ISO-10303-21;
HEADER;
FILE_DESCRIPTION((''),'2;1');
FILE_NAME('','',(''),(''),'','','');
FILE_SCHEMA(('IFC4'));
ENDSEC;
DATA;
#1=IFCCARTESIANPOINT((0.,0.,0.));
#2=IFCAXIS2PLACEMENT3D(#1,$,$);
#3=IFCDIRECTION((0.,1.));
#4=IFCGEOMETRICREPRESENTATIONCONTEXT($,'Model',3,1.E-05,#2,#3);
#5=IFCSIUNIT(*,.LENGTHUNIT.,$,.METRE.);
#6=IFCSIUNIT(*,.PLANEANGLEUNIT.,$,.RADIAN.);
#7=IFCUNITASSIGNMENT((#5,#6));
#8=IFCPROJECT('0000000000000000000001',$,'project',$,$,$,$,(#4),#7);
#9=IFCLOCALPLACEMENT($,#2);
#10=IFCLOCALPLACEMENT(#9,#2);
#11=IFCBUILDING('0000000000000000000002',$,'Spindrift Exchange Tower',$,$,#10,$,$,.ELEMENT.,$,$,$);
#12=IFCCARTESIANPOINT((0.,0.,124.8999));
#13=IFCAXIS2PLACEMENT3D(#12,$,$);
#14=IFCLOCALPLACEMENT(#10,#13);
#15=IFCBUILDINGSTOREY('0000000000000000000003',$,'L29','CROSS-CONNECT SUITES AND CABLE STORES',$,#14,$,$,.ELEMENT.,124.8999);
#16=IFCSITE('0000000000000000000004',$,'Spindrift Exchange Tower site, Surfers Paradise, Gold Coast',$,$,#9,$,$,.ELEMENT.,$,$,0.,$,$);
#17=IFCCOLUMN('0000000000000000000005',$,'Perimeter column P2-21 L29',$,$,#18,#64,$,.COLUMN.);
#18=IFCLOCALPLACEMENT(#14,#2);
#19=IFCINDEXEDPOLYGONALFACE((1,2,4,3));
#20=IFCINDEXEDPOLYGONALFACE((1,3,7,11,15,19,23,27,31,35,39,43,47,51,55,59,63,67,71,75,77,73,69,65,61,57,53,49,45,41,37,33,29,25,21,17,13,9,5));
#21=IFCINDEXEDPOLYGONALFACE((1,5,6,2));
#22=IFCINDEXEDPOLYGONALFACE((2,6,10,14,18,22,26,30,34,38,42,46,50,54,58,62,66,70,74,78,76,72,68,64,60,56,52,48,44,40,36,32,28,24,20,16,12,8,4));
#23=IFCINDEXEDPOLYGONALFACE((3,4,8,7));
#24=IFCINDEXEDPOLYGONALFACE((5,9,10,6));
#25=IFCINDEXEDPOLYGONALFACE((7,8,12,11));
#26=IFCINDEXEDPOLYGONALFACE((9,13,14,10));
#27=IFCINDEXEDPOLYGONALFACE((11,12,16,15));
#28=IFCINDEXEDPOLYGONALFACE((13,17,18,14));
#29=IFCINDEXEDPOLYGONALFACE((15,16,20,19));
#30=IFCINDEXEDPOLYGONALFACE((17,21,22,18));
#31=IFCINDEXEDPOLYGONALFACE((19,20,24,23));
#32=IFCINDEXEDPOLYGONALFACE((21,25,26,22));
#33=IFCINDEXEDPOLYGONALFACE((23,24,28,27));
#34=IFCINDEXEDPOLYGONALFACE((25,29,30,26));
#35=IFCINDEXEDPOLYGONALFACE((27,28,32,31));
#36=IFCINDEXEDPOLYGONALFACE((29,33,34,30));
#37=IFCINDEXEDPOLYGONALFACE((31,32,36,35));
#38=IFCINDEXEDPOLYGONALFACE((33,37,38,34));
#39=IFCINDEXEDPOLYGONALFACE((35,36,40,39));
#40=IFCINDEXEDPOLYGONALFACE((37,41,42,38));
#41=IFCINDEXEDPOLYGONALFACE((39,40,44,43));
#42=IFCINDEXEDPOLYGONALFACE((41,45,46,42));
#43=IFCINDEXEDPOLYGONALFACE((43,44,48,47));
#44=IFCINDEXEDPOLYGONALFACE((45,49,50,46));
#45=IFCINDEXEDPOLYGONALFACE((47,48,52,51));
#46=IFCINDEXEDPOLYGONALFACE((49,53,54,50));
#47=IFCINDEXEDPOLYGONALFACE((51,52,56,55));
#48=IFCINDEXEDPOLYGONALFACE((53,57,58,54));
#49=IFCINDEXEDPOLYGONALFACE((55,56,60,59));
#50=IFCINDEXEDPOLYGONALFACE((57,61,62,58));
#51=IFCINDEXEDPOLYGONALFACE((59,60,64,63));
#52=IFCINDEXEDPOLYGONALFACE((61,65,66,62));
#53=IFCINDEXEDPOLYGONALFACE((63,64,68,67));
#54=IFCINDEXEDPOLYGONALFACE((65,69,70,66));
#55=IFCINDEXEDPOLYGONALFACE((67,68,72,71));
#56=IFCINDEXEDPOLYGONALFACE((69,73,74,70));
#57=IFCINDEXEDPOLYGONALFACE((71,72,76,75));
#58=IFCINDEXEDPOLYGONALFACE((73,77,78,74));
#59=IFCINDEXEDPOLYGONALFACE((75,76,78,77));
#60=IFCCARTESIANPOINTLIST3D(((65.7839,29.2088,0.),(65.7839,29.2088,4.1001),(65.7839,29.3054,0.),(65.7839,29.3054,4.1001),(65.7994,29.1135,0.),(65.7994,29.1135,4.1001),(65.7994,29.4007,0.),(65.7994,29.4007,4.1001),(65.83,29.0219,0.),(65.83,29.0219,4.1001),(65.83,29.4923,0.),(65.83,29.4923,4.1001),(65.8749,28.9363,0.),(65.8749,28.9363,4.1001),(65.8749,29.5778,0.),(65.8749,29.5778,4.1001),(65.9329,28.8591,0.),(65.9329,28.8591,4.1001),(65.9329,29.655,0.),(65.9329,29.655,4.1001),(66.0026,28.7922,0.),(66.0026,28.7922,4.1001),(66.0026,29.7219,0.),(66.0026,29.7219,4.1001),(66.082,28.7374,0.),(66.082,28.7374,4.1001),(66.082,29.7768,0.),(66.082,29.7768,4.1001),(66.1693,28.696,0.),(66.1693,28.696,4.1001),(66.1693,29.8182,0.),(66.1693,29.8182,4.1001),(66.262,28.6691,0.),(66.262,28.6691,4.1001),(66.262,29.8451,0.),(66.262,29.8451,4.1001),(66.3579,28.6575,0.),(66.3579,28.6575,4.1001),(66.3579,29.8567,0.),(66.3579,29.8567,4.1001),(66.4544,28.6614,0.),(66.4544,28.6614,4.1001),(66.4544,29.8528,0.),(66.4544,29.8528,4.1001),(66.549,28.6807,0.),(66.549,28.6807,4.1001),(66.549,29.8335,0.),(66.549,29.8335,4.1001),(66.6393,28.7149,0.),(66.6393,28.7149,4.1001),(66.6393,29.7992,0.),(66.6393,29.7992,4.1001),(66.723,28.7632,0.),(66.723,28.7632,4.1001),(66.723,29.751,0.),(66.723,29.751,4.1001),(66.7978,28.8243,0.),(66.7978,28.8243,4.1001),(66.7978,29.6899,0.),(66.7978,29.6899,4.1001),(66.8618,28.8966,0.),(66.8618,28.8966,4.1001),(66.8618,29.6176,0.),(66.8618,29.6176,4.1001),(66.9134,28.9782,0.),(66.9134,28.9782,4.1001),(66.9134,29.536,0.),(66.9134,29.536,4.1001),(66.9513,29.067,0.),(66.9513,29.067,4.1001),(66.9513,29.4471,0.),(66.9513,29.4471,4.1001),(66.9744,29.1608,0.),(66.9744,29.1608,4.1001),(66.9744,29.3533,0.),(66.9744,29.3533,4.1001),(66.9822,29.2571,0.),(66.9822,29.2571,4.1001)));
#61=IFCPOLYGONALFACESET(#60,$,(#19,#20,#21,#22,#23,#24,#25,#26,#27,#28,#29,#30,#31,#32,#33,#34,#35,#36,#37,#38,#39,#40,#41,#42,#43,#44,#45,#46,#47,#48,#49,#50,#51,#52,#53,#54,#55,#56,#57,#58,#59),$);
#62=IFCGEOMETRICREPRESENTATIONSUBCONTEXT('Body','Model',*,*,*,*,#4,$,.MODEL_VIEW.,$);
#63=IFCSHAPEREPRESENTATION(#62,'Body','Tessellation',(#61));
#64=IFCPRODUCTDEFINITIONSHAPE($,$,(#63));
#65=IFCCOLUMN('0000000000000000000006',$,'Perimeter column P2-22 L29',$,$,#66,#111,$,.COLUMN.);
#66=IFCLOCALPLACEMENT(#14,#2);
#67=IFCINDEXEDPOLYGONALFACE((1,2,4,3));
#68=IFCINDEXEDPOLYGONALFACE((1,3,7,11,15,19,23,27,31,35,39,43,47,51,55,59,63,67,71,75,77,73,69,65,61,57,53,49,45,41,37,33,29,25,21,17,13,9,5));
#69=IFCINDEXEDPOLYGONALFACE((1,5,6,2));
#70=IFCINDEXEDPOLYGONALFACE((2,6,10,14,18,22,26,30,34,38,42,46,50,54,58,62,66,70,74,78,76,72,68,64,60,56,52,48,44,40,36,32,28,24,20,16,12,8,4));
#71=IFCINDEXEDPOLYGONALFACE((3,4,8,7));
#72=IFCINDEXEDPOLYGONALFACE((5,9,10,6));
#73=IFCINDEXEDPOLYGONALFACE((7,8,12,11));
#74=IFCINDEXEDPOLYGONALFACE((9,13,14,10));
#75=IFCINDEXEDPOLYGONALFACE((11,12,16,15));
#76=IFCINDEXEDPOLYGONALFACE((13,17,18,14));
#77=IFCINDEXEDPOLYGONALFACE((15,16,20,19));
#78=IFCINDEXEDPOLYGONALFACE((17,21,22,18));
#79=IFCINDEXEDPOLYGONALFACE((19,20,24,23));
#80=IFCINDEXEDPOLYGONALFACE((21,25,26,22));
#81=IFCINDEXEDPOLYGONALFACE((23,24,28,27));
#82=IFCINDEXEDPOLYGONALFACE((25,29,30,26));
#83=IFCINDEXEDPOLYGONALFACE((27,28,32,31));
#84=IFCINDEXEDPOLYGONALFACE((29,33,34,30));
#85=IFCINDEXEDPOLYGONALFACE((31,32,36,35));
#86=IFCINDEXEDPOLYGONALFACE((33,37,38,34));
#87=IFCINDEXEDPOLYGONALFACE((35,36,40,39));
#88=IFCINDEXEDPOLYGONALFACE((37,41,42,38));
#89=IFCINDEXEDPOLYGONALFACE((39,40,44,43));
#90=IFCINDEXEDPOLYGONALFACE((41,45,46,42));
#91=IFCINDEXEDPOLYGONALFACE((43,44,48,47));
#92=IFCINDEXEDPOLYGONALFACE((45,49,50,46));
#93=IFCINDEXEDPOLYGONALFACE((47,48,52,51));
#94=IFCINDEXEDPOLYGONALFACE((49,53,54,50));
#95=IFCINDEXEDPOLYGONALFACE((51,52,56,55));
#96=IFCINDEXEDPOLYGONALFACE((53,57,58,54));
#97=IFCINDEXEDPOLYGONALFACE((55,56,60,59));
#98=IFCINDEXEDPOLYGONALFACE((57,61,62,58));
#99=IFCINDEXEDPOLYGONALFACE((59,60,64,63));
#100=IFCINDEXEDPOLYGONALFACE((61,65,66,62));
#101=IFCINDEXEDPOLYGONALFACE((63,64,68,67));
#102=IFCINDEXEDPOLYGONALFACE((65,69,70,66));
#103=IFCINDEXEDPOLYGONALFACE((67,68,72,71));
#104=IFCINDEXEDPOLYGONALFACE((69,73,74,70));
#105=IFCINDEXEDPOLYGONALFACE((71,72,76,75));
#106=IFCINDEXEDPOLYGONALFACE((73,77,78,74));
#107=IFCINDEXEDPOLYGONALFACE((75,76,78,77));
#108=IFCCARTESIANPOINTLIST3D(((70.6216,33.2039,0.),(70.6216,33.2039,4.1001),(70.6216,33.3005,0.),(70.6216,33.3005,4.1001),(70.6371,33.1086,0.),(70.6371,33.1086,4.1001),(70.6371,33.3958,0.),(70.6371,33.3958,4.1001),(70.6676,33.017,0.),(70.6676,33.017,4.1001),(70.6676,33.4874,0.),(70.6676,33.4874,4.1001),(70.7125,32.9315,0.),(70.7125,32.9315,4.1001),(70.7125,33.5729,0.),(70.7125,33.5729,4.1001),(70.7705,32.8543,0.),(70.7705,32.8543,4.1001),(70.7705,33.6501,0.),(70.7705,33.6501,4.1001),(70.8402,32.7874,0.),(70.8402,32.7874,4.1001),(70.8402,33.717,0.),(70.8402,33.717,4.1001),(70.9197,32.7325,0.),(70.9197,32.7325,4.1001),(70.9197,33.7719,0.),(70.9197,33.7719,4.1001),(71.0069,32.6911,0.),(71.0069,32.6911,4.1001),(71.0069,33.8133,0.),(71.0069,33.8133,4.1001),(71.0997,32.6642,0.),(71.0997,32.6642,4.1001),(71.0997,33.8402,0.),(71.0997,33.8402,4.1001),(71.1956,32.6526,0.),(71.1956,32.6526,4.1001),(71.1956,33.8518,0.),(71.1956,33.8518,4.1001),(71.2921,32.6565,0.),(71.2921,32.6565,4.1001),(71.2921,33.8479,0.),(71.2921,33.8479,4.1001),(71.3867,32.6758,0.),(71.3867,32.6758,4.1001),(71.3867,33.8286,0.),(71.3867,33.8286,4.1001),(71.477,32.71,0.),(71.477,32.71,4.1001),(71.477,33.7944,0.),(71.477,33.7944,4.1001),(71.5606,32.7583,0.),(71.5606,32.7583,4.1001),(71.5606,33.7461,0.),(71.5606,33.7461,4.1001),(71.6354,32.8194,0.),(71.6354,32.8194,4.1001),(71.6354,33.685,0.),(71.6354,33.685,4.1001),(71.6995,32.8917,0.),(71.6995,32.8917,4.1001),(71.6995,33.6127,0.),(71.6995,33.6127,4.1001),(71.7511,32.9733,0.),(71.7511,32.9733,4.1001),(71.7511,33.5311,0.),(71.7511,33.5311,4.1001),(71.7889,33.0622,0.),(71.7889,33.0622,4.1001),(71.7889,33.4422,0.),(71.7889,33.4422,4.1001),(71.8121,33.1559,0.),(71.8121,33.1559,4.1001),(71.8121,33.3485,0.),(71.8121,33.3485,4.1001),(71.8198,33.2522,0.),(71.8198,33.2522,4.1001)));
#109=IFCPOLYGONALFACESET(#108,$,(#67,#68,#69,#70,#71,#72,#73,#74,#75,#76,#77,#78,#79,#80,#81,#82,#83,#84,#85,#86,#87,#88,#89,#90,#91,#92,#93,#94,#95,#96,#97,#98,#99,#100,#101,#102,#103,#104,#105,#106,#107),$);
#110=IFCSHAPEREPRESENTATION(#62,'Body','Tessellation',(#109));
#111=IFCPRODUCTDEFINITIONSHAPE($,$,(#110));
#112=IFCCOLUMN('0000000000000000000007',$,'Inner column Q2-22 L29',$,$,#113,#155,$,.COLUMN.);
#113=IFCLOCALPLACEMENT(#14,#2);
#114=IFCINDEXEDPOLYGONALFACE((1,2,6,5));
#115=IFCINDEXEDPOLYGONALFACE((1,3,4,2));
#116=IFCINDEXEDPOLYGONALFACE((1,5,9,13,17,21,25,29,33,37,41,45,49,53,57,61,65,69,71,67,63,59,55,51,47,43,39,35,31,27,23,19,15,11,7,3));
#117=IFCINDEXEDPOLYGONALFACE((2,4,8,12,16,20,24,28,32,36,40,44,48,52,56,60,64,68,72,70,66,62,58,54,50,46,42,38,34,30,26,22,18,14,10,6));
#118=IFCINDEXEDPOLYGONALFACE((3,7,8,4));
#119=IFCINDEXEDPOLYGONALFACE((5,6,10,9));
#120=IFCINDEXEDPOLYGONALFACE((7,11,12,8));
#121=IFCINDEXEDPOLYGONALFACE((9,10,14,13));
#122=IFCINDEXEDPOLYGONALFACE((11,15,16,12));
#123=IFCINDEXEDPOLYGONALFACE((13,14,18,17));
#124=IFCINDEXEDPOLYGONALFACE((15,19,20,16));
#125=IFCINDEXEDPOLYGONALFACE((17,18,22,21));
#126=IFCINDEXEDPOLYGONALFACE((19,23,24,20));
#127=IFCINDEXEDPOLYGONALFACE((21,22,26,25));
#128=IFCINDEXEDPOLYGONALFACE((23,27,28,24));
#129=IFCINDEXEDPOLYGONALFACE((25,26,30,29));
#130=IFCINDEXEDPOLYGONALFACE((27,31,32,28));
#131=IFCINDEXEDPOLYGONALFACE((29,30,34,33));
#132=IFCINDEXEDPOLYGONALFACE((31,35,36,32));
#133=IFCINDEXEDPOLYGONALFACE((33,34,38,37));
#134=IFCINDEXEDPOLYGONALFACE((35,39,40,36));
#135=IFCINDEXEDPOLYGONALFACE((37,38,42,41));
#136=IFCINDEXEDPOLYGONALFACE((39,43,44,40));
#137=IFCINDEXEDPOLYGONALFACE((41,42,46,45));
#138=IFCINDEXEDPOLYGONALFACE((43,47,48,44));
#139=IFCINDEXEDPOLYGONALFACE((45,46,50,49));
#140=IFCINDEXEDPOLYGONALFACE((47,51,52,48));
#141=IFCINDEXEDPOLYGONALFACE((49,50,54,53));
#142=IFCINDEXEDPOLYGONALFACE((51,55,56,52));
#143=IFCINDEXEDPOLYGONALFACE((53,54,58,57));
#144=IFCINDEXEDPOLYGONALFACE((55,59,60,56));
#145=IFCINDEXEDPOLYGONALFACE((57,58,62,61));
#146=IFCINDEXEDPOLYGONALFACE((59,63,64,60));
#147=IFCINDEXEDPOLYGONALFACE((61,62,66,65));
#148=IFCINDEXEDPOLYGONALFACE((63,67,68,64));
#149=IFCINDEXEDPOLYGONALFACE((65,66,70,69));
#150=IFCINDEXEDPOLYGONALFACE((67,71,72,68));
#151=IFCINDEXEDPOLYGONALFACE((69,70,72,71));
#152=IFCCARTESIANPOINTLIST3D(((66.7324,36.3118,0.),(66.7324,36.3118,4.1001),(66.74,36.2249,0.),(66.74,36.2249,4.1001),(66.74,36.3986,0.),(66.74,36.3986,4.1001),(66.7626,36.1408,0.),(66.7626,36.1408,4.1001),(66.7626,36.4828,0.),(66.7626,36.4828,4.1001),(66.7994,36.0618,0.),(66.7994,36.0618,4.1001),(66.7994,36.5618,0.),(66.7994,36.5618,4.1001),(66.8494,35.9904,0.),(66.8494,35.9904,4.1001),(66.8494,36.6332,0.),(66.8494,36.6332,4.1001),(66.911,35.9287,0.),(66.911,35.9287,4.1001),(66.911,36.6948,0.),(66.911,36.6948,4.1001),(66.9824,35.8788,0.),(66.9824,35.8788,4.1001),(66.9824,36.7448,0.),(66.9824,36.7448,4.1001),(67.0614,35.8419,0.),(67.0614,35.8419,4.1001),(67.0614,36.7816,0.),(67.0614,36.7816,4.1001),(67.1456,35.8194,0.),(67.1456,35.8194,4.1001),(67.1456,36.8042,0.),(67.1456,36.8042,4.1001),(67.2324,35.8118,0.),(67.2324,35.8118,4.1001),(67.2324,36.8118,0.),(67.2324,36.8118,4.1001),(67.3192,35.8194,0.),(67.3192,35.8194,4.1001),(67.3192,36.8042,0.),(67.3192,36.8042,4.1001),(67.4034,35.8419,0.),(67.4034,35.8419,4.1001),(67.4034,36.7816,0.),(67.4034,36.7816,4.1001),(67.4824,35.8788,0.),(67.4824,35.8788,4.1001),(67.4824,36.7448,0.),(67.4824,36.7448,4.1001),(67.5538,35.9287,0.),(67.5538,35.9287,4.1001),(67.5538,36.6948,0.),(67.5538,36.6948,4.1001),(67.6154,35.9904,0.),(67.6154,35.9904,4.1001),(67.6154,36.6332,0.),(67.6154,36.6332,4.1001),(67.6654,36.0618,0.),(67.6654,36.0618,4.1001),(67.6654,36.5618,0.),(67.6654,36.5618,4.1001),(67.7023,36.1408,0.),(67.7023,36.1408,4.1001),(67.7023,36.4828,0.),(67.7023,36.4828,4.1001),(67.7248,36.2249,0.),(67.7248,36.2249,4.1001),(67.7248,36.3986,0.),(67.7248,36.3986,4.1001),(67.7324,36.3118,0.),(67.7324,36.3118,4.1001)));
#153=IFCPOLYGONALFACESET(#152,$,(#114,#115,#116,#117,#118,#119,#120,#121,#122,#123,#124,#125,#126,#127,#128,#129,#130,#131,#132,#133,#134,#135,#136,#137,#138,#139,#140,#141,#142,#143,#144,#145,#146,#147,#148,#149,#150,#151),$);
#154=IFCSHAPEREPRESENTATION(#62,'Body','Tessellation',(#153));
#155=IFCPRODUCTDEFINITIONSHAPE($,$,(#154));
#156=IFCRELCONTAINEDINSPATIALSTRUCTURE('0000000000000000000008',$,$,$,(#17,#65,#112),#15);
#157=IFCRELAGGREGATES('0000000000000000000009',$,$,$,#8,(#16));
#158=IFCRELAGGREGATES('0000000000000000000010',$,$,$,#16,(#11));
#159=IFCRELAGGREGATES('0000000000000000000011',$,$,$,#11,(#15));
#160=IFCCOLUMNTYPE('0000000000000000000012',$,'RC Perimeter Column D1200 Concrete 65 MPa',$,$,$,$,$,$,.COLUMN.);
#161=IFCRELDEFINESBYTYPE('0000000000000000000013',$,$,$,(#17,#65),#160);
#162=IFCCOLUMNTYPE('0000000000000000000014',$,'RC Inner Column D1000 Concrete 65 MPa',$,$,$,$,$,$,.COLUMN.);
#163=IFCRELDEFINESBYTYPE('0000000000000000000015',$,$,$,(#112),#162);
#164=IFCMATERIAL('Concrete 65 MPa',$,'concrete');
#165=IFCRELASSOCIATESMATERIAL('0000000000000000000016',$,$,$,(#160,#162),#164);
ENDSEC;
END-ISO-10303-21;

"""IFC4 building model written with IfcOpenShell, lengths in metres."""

from ifc_helpers import new_model, si_unit, direction, frame, origin, origin_2d, place, context, subcontext, project, spatial, circle, extrude, source, transform, mapped, material, material_profile, profile_set, type_object, element, save


model = new_model("IFC4")

# Units and contexts
model_context = context("Model", 3, precision=1e-05, world=origin(), true_north=direction((0.0, 1.0)))
body_context = subcontext(model_context, "Body", "Model", "MODEL_VIEW")
ifc_project = project(units=[si_unit("LENGTHUNIT", "METRE"), si_unit("PLANEANGLEUNIT", "RADIAN")], contexts=[model_context])

# Site, building, storey
site_placement = place(None, origin())
site = spatial("IfcSite", under=ifc_project, at=site_placement, Name="Spindrift Exchange Tower site, Surfers Paradise, Gold Coast", CompositionType="ELEMENT", RefElevation=0.0)
building_placement = place(site_placement, origin())
building = spatial("IfcBuilding", under=site, at=building_placement, Name="Spindrift Exchange Tower", CompositionType="ELEMENT")
storey_placement = place(building_placement, frame((0.0, 0.0, 124.8999)))
storey = spatial("IfcBuildingStorey", under=building, at=storey_placement, Name="L29", Description="CROSS-CONNECT SUITES AND CABLE STORES", CompositionType="ELEMENT", Elevation=124.8999)

# Columns
ifc_material_1 = material(Name="Concrete 65 MPa", Category="concrete")
ifc_material_profile_1 = material_profile(ifc_material_1, circle(Radius=0.6001, at=origin_2d()), Name="RC D1200")
ifc_profile_set_1 = profile_set([ifc_material_profile_1], Name="Concrete 65 MPa")
column_type_1 = type_object("IfcColumnType", Name="RC Perimeter Column D1200 Concrete 65 MPa", PredefinedType="COLUMN", material=ifc_profile_set_1)
shared_shape_1 = source(origin(), body_context, "Body", "SweptSolid", [
    extrude(circle(Radius=0.6001, at=origin_2d()), origin(), (0.0, 0.0, 1.0), 4.1001),
])
for number, where, z_axis, x_axis, name in (
    (1, (66.3821, 29.2571, 0.0), (0.0, 0.0, 1.0), (1.0, 0.0, 0.0), "Perimeter column P2-21 L29"),
    (2, (71.2197, 33.2522, 0.0), (0.0, 0.0, 1.0), (1.0, 0.0, 0.0), "Perimeter column P2-22 L29"),
):
    element("IfcColumn", number, at=place(storey_placement, frame(where, z_axis=z_axis, x_axis=x_axis)), inside=storey, type_object=column_type_1, Name=name, PredefinedType="COLUMN", context=body_context, shape_type="MappedRepresentation", body=[
        mapped(shared_shape_1, transform((0.0, 0.0, 0.0), scale=1.0)),
    ])
ifc_material_profile_2 = material_profile(ifc_material_1, circle(Radius=0.5, at=origin_2d()), Name="RC D1000")
ifc_profile_set_2 = profile_set([ifc_material_profile_2], Name="Concrete 65 MPa")
column_type_2 = type_object("IfcColumnType", Name="RC Inner Column D1000 Concrete 65 MPa", PredefinedType="COLUMN", material=ifc_profile_set_2)
shared_shape_2 = source(origin(), body_context, "Body", "SweptSolid", [
    extrude(circle(Radius=0.5, at=origin_2d()), origin(), (0.0, 0.0, 1.0), 4.1001),
])
column_placement = place(storey_placement, frame((67.2324, 36.3118, 0.0), z_axis=(0.0, 0.0, 1.0), x_axis=(1.0, 0.0, 0.0)))
element("IfcColumn", 3, at=column_placement, inside=storey, type_object=column_type_2, Name="Inner column Q2-22 L29", PredefinedType="COLUMN", context=body_context, shape_type="MappedRepresentation", body=[
    mapped(shared_shape_2, transform((0.0, 0.0, 0.0), scale=1.0)),
])

save(model, "model.ifc")
